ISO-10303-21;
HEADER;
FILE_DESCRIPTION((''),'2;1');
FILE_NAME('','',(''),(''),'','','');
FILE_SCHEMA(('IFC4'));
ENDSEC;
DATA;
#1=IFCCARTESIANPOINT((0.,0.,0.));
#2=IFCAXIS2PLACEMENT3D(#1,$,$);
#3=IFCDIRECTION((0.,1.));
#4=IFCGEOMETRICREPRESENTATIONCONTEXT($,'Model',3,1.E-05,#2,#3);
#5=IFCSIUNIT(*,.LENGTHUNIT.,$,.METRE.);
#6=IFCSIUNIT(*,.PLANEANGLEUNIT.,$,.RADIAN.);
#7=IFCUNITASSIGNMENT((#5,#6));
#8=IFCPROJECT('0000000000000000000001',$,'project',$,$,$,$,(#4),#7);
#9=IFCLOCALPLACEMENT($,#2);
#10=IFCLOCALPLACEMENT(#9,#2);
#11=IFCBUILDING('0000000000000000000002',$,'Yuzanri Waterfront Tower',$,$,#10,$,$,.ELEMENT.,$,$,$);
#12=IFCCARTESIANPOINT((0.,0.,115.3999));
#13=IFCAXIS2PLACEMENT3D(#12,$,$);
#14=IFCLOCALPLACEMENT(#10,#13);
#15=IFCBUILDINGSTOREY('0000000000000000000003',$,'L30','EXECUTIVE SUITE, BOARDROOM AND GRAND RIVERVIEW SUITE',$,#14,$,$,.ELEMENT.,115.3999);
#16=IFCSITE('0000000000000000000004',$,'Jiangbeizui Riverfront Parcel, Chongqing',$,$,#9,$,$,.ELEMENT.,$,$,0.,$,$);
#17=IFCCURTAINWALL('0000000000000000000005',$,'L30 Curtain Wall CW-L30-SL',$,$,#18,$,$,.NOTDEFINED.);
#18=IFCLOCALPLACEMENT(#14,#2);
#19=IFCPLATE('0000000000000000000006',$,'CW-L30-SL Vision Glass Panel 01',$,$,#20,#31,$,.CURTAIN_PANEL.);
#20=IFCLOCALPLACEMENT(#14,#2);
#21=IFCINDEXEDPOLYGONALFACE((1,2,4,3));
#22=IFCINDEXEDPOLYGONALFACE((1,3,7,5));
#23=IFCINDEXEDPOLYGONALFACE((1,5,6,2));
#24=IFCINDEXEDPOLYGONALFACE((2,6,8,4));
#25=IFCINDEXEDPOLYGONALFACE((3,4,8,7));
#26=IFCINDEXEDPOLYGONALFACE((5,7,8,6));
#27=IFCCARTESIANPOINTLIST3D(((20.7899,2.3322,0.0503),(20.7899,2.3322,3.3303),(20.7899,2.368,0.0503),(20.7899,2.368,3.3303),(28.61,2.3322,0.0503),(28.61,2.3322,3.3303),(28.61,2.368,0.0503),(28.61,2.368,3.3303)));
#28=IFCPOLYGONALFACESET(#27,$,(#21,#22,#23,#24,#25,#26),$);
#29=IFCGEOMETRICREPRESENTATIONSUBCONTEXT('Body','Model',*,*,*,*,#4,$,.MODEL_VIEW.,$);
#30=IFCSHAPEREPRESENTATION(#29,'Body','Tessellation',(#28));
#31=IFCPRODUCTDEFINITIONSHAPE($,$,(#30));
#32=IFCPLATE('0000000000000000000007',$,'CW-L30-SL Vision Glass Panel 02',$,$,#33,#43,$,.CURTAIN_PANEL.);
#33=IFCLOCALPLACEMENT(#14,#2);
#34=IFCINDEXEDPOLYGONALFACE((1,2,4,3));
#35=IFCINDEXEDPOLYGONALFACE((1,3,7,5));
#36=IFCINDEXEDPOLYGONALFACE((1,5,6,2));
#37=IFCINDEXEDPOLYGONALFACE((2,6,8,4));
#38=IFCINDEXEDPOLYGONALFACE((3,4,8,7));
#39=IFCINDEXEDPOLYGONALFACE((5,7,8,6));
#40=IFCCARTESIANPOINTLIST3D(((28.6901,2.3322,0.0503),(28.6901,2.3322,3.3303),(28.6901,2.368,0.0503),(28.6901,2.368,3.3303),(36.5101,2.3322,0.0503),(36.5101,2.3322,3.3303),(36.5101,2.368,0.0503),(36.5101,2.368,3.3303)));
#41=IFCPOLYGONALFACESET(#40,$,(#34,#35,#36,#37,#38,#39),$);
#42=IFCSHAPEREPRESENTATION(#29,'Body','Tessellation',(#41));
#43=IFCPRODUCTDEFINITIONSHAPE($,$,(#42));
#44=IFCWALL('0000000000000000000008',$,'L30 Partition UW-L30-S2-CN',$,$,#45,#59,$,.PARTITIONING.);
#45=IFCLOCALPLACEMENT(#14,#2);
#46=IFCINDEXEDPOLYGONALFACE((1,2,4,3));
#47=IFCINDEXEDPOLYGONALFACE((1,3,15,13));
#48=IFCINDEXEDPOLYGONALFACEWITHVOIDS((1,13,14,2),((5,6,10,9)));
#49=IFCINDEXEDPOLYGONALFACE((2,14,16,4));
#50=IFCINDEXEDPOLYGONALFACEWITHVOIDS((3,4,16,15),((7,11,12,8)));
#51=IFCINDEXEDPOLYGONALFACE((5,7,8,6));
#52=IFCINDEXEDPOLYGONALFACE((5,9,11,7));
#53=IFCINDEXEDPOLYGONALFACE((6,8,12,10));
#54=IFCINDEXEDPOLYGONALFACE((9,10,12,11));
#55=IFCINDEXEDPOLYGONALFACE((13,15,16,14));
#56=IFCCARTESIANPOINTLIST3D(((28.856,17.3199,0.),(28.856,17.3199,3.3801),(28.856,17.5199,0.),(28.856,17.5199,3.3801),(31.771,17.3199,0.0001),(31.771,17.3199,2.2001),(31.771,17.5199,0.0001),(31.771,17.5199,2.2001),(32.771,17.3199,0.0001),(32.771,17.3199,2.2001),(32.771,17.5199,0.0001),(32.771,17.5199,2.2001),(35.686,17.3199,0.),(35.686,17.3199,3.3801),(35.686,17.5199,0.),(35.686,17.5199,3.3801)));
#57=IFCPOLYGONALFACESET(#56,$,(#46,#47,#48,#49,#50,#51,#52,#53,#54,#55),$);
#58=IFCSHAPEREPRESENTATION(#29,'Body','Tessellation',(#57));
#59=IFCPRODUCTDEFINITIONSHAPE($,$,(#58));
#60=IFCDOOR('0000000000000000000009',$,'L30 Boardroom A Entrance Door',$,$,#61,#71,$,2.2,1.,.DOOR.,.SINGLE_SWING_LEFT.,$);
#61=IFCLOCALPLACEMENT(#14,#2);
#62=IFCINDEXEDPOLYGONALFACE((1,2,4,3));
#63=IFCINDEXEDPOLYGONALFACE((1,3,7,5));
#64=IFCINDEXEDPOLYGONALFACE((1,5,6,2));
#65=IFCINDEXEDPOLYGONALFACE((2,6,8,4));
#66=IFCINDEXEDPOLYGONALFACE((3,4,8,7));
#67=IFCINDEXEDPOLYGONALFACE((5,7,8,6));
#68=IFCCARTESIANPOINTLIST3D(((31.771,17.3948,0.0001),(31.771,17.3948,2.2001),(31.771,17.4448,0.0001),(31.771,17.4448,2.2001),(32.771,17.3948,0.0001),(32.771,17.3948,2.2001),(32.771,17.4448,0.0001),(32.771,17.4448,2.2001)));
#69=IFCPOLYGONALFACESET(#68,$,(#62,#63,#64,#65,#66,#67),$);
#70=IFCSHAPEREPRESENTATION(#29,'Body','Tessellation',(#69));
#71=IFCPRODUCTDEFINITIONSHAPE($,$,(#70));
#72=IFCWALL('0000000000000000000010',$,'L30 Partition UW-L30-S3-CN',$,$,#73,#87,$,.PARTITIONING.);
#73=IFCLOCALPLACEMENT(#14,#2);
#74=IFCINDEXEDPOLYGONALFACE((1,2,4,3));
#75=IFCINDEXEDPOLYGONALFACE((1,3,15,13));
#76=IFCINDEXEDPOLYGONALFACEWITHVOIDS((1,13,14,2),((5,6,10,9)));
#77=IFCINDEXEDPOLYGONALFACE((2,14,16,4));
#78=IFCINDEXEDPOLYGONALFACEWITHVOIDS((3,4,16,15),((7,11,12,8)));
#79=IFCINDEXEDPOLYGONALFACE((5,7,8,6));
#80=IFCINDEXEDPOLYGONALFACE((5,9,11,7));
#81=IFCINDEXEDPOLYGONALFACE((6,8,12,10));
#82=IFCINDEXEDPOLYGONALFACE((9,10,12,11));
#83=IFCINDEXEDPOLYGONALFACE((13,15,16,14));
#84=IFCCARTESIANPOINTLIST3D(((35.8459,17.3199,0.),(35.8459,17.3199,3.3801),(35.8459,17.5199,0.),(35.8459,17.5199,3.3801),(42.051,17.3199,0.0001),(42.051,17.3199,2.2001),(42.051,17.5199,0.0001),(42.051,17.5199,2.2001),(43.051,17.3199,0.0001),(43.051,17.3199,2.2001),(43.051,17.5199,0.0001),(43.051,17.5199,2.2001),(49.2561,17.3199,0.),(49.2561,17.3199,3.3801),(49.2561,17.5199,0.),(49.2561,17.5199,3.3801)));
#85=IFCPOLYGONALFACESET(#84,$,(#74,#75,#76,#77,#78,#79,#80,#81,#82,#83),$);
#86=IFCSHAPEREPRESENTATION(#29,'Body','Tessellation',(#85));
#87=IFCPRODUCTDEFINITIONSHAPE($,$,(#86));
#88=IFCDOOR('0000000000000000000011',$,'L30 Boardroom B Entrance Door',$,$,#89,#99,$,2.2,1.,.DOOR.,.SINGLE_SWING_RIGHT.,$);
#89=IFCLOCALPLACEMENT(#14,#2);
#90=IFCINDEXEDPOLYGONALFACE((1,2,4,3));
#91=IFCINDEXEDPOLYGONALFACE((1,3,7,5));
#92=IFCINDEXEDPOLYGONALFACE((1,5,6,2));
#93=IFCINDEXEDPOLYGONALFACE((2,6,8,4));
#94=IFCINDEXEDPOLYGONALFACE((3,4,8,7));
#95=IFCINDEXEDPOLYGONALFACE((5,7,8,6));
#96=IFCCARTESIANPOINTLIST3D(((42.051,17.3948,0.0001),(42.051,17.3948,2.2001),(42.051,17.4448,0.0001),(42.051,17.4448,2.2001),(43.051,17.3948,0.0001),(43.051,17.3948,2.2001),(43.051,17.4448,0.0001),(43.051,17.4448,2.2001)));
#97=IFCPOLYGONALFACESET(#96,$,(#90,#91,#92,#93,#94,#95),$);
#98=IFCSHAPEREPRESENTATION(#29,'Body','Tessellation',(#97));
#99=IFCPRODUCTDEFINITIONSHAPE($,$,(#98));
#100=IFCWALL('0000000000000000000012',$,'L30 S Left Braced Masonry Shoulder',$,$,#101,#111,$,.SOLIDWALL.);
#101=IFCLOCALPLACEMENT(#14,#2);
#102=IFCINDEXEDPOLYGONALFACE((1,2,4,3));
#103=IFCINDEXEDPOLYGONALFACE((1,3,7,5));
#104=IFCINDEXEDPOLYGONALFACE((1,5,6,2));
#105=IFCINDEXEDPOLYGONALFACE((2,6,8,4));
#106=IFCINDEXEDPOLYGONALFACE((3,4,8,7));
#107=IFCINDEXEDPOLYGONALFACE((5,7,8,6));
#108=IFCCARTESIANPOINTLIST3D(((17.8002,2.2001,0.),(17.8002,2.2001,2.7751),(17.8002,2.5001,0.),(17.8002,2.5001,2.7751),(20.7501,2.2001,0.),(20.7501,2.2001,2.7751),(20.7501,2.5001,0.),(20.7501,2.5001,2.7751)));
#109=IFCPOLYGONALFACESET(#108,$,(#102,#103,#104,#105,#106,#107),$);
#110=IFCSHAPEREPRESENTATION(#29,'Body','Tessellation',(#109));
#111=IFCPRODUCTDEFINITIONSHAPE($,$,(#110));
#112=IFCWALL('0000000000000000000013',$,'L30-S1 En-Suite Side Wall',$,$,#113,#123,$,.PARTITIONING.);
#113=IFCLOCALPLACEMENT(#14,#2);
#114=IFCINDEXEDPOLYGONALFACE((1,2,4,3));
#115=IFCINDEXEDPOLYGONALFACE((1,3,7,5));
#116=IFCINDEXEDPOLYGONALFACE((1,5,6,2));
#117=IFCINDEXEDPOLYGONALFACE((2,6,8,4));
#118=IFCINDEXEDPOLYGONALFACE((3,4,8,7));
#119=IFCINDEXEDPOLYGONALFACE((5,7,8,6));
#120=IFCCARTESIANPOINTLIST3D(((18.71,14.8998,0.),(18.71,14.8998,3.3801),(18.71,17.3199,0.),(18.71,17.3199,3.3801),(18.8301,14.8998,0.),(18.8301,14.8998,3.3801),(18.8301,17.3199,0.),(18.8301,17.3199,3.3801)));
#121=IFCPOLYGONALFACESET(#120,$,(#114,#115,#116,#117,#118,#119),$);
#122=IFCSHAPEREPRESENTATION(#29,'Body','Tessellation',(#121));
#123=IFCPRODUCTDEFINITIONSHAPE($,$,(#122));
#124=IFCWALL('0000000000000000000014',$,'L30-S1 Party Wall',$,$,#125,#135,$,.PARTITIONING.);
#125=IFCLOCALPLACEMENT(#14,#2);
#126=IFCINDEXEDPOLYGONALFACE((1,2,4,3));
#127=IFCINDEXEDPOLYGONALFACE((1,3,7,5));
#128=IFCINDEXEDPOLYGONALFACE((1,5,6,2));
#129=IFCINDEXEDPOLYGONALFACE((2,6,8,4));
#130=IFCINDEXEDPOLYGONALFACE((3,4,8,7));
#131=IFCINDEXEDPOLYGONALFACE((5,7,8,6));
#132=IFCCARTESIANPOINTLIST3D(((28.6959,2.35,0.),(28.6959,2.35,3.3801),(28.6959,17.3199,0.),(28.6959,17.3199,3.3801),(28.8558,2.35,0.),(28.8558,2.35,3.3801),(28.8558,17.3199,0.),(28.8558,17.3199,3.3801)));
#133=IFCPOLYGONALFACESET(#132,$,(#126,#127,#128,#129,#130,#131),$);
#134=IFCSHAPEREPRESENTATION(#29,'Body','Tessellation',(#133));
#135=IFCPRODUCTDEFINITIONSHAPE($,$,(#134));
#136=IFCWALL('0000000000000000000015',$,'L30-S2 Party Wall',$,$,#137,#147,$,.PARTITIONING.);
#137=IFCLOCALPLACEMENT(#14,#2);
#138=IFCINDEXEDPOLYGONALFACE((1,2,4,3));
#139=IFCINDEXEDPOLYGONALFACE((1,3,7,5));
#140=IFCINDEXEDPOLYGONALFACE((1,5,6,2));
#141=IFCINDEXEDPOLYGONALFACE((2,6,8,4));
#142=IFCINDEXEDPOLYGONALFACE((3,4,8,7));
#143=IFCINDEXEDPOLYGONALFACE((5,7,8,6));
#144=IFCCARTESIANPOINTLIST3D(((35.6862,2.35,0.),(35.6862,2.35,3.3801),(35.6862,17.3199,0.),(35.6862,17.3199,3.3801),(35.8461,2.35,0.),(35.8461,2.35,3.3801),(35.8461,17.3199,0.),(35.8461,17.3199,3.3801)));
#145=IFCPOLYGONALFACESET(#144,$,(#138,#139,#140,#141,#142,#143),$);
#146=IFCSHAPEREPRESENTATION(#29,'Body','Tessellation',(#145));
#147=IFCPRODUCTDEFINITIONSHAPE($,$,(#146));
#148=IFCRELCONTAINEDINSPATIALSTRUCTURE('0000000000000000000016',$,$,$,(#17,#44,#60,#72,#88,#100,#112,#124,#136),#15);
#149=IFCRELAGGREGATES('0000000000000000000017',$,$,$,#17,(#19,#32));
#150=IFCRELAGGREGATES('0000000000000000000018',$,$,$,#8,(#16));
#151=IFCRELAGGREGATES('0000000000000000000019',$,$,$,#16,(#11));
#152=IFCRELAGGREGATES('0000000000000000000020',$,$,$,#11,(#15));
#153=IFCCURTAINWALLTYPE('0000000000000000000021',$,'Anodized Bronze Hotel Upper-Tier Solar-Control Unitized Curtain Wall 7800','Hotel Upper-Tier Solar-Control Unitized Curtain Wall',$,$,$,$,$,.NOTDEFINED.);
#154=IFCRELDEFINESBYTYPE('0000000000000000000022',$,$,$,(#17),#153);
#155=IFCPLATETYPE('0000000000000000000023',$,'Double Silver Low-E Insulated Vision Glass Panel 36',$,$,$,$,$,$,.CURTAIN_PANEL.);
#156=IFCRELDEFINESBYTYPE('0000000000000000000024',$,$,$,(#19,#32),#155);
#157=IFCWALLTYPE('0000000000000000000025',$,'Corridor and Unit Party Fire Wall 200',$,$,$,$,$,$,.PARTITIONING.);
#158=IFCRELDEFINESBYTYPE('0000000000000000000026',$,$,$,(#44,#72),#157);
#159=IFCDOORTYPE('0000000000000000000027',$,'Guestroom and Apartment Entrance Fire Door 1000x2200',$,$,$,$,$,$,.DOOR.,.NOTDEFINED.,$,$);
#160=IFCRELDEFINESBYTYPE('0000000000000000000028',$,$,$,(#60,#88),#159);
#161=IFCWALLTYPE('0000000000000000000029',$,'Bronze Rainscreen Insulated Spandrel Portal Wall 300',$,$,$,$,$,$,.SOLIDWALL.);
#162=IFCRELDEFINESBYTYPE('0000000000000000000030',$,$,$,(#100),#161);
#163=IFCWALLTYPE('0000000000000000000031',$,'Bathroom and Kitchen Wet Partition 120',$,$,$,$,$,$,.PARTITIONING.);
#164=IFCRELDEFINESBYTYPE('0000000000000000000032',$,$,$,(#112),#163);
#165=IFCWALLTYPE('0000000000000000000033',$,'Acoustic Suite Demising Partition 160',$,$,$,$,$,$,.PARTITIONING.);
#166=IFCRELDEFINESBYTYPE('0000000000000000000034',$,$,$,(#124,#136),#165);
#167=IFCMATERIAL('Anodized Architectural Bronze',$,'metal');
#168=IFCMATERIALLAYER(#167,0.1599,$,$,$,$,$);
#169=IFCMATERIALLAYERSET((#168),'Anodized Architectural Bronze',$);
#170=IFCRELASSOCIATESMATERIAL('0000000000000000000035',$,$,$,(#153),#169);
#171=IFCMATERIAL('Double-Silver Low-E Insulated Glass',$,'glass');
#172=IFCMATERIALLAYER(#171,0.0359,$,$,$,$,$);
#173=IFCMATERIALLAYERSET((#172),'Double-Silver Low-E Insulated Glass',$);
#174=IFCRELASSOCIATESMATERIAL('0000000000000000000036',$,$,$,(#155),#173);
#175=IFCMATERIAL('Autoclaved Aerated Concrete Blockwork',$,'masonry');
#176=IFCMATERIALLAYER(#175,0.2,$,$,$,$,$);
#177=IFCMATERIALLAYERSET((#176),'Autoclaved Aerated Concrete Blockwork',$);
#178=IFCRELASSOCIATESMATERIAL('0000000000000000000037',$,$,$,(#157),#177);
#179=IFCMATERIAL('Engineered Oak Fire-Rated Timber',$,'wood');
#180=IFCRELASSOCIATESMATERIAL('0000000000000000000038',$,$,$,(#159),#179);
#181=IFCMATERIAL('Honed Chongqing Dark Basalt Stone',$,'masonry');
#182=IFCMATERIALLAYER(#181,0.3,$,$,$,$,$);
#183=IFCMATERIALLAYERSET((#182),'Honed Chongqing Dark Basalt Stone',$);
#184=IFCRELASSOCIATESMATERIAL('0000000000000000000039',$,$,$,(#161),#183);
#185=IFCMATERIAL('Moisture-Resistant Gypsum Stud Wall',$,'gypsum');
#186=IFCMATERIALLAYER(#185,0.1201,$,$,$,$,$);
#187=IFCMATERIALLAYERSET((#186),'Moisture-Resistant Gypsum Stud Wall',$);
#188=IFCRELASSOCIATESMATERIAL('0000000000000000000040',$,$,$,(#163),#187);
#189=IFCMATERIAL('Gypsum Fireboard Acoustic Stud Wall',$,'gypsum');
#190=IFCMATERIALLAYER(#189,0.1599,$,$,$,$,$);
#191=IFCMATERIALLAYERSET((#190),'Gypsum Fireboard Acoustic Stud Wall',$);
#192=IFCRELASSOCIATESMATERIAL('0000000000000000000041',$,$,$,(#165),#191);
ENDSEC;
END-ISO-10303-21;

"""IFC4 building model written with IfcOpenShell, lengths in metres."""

from ifc_helpers import new_model, si_unit, direction, frame, frame_2d, origin, origin_2d, place, context, subcontext, project, spatial, rectangle, extrude, source, transform, mapped, material, layer, layer_set, type_object, element, fill, aggregate, save


model = new_model("IFC4")

# Units and contexts
model_context = context("Model", 3, precision=1e-05, world=origin(), true_north=direction((0.0, 1.0)))
body_context = subcontext(model_context, "Body", "Model", "MODEL_VIEW")
ifc_project = project(units=[si_unit("LENGTHUNIT", "METRE"), si_unit("PLANEANGLEUNIT", "RADIAN")], contexts=[model_context])

# Site, building, storey
site_placement = place(None, origin())
site = spatial("IfcSite", under=ifc_project, at=site_placement, Name="Jiangbeizui Riverfront Parcel, Chongqing", CompositionType="ELEMENT", RefElevation=0.0)
building_placement = place(site_placement, origin())
building = spatial("IfcBuilding", under=site, at=building_placement, Name="Yuzanri Waterfront Tower", CompositionType="ELEMENT")
storey_placement = place(building_placement, frame((0.0, 0.0, 115.3999)))
storey = spatial("IfcBuildingStorey", under=building, at=storey_placement, Name="L30", Description="EXECUTIVE SUITE, BOARDROOM AND GRAND RIVERVIEW SUITE", CompositionType="ELEMENT", Elevation=115.3999)

# Curtain wall, plates
ifc_material_1 = material(Name="Anodized Architectural Bronze", Category="metal")
ifc_layer_1 = layer(ifc_material_1, 0.1599)
ifc_layer_set_1 = layer_set([ifc_layer_1], Name="Anodized Architectural Bronze")
curtain_wall_type = type_object("IfcCurtainWallType", Name="Anodized Bronze Hotel Upper-Tier Solar-Control Unitized Curtain Wall 7800", Description="Hotel Upper-Tier Solar-Control Unitized Curtain Wall", PredefinedType="NOTDEFINED", material=ifc_layer_set_1)
curtain_wall_placement = place(storey_placement, origin())
curtain_wall = element("IfcCurtainWall", 1, at=curtain_wall_placement, inside=storey, type_object=curtain_wall_type, Name="L30 Curtain Wall CW-L30-SL", PredefinedType="NOTDEFINED")
ifc_material_2 = material(Name="Double-Silver Low-E Insulated Glass", Category="glass")
ifc_layer_2 = layer(ifc_material_2, 0.0359)
ifc_layer_set_2 = layer_set([ifc_layer_2], Name="Double-Silver Low-E Insulated Glass")
plate_type = type_object("IfcPlateType", Name="Double Silver Low-E Insulated Vision Glass Panel 36", PredefinedType="CURTAIN_PANEL", material=ifc_layer_set_2)
shared_shape_1 = source(origin(), body_context, "Body", "SweptSolid", [
    extrude(rectangle(XDim=7.8201, YDim=0.0359, at=origin_2d()), origin(), (0.0, 0.0, 1.0), 3.28),
])
plate_1_placement = place(storey_placement, frame((24.7, 2.3501, 0.0503), z_axis=(0.0, 0.0, 1.0), x_axis=(1.0, 0.0, 0.0)))
plate_1 = element("IfcPlate", 2, at=plate_1_placement, type_object=plate_type, Name="CW-L30-SL Vision Glass Panel 01", PredefinedType="CURTAIN_PANEL", context=body_context, shape_type="MappedRepresentation", body=[
    mapped(shared_shape_1, transform((0.0, 0.0, 0.0), scale=1.0)),
])
plate_2_placement = place(storey_placement, frame((32.6001, 2.3501, 0.0503), z_axis=(0.0, 0.0, 1.0), x_axis=(1.0, 0.0, 0.0)))
plate_2 = element("IfcPlate", 3, at=plate_2_placement, type_object=plate_type, Name="CW-L30-SL Vision Glass Panel 02", PredefinedType="CURTAIN_PANEL", context=body_context, shape_type="MappedRepresentation", body=[
    mapped(shared_shape_1, transform((0.0, 0.0, 0.0), scale=1.0)),
])
aggregate(curtain_wall, [plate_1, plate_2])

# Walls, openings, doors
ifc_material_3 = material(Name="Autoclaved Aerated Concrete Blockwork", Category="masonry")
ifc_layer_3 = layer(ifc_material_3, 0.2)
ifc_layer_set_3 = layer_set([ifc_layer_3], Name="Autoclaved Aerated Concrete Blockwork")
wall_type_1 = type_object("IfcWallType", Name="Corridor and Unit Party Fire Wall 200", PredefinedType="PARTITIONING", material=ifc_layer_set_3)
wall_1_placement = place(storey_placement, frame((28.856, 17.4199, 0.0), z_axis=(0.0, 0.0, 1.0), x_axis=(1.0, 0.0, 0.0)))
wall_1 = element("IfcWall", 4, at=wall_1_placement, inside=storey, type_object=wall_type_1, Name="L30 Partition UW-L30-S2-CN", PredefinedType="PARTITIONING", context=body_context, shape_type="SweptSolid", body=[
    extrude(rectangle(XDim=6.8301, YDim=0.2, at=frame_2d((3.415, 0.0))), origin(), (0.0, 0.0, 1.0), 3.3801),
])
opening_1_placement = place(wall_1_placement, frame((2.915, 0.0, 0.0)))
opening_1 = element("IfcOpeningElement", 5, at=opening_1_placement, cuts=wall_1, PredefinedType="OPENING", context=body_context, shape_type="SweptSolid", body=[
    extrude(rectangle(XDim=1.0, YDim=2.2, at=frame_2d((0.5, 1.1001))), frame((0.0, 0.1147, 0.0), z_axis=(0.0, -1.0, 0.0), x_axis=(1.0, 0.0, 0.0)), (0.0, 0.0, 1.0), 0.2297),
])
ifc_material_4 = material(Name="Engineered Oak Fire-Rated Timber", Category="wood")
door_type_1 = type_object("IfcDoorType", Name="Guestroom and Apartment Entrance Fire Door 1000x2200", OperationType="NOTDEFINED", PredefinedType="DOOR", material=ifc_material_4)
shared_shape_2 = source(origin(), body_context, "Body", "SweptSolid", [
    extrude(rectangle(XDim=1.0, YDim=2.2, at=frame_2d((0.5, 1.1001))), frame((0.0, 0.0249, 0.0), z_axis=(0.0, -1.0, 0.0), x_axis=(1.0, 0.0, 0.0)), (0.0, 0.0, 1.0), 0.05),
])
door_1_placement = place(opening_1_placement, origin())
door_1 = element("IfcDoor", 6, at=door_1_placement, inside=storey, type_object=door_type_1, Name="L30 Boardroom A Entrance Door", OperationType="SINGLE_SWING_LEFT", OverallHeight=2.2, OverallWidth=1.0, PredefinedType="DOOR", context=body_context, shape_type="MappedRepresentation", body=[
    mapped(shared_shape_2, transform((0.0, 0.0, 0.0), scale=1.0)),
])
fill(opening_1, door_1)
wall_2_placement = place(storey_placement, frame((35.8459, 17.4199, 0.0), z_axis=(0.0, 0.0, 1.0), x_axis=(1.0, 0.0, 0.0)))
wall_2 = element("IfcWall", 7, at=wall_2_placement, inside=storey, type_object=wall_type_1, Name="L30 Partition UW-L30-S3-CN", PredefinedType="PARTITIONING", context=body_context, shape_type="SweptSolid", body=[
    extrude(rectangle(XDim=13.4102, YDim=0.2, at=frame_2d((6.7051, 0.0))), origin(), (0.0, 0.0, 1.0), 3.3801),
])
opening_2_placement = place(wall_2_placement, frame((6.2051, 0.0, 0.0)))
opening_2 = element("IfcOpeningElement", 8, at=opening_2_placement, cuts=wall_2, PredefinedType="OPENING", context=body_context, shape_type="SweptSolid", body=[
    extrude(rectangle(XDim=1.0, YDim=2.2, at=frame_2d((0.5, 1.1001))), frame((0.0, 0.1147, 0.0), z_axis=(0.0, -1.0, 0.0), x_axis=(1.0, 0.0, 0.0)), (0.0, 0.0, 1.0), 0.2297),
])
door_2_placement = place(opening_2_placement, origin())
door_2 = element("IfcDoor", 9, at=door_2_placement, inside=storey, type_object=door_type_1, Name="L30 Boardroom B Entrance Door", OperationType="SINGLE_SWING_RIGHT", OverallHeight=2.2, OverallWidth=1.0, PredefinedType="DOOR", context=body_context, shape_type="MappedRepresentation", body=[
    mapped(shared_shape_2, transform((0.0, 0.0, 0.0), scale=1.0)),
])
fill(opening_2, door_2)

# Walls
ifc_material_5 = material(Name="Honed Chongqing Dark Basalt Stone", Category="masonry")
ifc_layer_4 = layer(ifc_material_5, 0.3)
ifc_layer_set_4 = layer_set([ifc_layer_4], Name="Honed Chongqing Dark Basalt Stone")
wall_type_2 = type_object("IfcWallType", Name="Bronze Rainscreen Insulated Spandrel Portal Wall 300", PredefinedType="SOLIDWALL", material=ifc_layer_set_4)
shared_shape_3 = source(origin(), body_context, "Body", "SweptSolid", [
    extrude(rectangle(XDim=2.95, YDim=0.3, at=frame_2d((1.4751, 0.0))), origin(), (0.0, 0.0, 1.0), 2.7751),
])
wall_3_placement = place(storey_placement, frame((17.8, 2.3501, 0.0), z_axis=(0.0, 0.0, 1.0), x_axis=(1.0, 0.0, 0.0)))
element("IfcWall", 10, at=wall_3_placement, inside=storey, type_object=wall_type_2, Name="L30 S Left Braced Masonry Shoulder", PredefinedType="SOLIDWALL", context=body_context, shape_type="MappedRepresentation", body=[
    mapped(shared_shape_3, transform((0.0, 0.0, 0.0), scale=1.0)),
])
ifc_material_6 = material(Name="Moisture-Resistant Gypsum Stud Wall", Category="gypsum")
ifc_layer_5 = layer(ifc_material_6, 0.1201)
ifc_layer_set_5 = layer_set([ifc_layer_5], Name="Moisture-Resistant Gypsum Stud Wall")
wall_type_3 = type_object("IfcWallType", Name="Bathroom and Kitchen Wet Partition 120", PredefinedType="PARTITIONING", material=ifc_layer_set_5)
shared_shape_4 = source(origin(), body_context, "Body", "SweptSolid", [
    extrude(rectangle(XDim=2.4202, YDim=0.1201, at=frame_2d((1.21, 0.0))), origin(), (0.0, 0.0, 1.0), 3.3801),
])
wall_4_placement = place(storey_placement, frame((18.77, 14.8999, 0.0), z_axis=(0.0, 0.0, 1.0), x_axis=(0.0, 1.0, 0.0)))
element("IfcWall", 11, at=wall_4_placement, inside=storey, type_object=wall_type_3, Name="L30-S1 En-Suite Side Wall", PredefinedType="PARTITIONING", context=body_context, shape_type="MappedRepresentation", body=[
    mapped(shared_shape_4, transform((0.0, 0.0, 0.0), scale=1.0)),
])
ifc_material_7 = material(Name="Gypsum Fireboard Acoustic Stud Wall", Category="gypsum")
ifc_layer_6 = layer(ifc_material_7, 0.1599)
ifc_layer_set_6 = layer_set([ifc_layer_6], Name="Gypsum Fireboard Acoustic Stud Wall")
wall_type_4 = type_object("IfcWallType", Name="Acoustic Suite Demising Partition 160", PredefinedType="PARTITIONING", material=ifc_layer_set_6)
shared_shape_5 = source(origin(), body_context, "Body", "SweptSolid", [
    extrude(rectangle(XDim=14.97, YDim=0.1599, at=frame_2d((7.4849, 0.0))), origin(), (0.0, 0.0, 1.0), 3.3801),
])
for number, where, z_axis, x_axis, name in (
    (12, (28.7759, 2.3501, 0.0), (0.0, 0.0, 1.0), (0.0, 1.0, 0.0), "L30-S1 Party Wall"),
    (13, (35.7661, 2.3501, 0.0), (0.0, 0.0, 1.0), (0.0, 1.0, 0.0), "L30-S2 Party Wall"),
):
    element("IfcWall", number, at=place(storey_placement, frame(where, z_axis=z_axis, x_axis=x_axis)), inside=storey, type_object=wall_type_4, Name=name, PredefinedType="PARTITIONING", context=body_context, shape_type="MappedRepresentation", body=[
        mapped(shared_shape_5, transform((0.0, 0.0, 0.0), scale=1.0)),
    ])

save(model, "model.ifc")
